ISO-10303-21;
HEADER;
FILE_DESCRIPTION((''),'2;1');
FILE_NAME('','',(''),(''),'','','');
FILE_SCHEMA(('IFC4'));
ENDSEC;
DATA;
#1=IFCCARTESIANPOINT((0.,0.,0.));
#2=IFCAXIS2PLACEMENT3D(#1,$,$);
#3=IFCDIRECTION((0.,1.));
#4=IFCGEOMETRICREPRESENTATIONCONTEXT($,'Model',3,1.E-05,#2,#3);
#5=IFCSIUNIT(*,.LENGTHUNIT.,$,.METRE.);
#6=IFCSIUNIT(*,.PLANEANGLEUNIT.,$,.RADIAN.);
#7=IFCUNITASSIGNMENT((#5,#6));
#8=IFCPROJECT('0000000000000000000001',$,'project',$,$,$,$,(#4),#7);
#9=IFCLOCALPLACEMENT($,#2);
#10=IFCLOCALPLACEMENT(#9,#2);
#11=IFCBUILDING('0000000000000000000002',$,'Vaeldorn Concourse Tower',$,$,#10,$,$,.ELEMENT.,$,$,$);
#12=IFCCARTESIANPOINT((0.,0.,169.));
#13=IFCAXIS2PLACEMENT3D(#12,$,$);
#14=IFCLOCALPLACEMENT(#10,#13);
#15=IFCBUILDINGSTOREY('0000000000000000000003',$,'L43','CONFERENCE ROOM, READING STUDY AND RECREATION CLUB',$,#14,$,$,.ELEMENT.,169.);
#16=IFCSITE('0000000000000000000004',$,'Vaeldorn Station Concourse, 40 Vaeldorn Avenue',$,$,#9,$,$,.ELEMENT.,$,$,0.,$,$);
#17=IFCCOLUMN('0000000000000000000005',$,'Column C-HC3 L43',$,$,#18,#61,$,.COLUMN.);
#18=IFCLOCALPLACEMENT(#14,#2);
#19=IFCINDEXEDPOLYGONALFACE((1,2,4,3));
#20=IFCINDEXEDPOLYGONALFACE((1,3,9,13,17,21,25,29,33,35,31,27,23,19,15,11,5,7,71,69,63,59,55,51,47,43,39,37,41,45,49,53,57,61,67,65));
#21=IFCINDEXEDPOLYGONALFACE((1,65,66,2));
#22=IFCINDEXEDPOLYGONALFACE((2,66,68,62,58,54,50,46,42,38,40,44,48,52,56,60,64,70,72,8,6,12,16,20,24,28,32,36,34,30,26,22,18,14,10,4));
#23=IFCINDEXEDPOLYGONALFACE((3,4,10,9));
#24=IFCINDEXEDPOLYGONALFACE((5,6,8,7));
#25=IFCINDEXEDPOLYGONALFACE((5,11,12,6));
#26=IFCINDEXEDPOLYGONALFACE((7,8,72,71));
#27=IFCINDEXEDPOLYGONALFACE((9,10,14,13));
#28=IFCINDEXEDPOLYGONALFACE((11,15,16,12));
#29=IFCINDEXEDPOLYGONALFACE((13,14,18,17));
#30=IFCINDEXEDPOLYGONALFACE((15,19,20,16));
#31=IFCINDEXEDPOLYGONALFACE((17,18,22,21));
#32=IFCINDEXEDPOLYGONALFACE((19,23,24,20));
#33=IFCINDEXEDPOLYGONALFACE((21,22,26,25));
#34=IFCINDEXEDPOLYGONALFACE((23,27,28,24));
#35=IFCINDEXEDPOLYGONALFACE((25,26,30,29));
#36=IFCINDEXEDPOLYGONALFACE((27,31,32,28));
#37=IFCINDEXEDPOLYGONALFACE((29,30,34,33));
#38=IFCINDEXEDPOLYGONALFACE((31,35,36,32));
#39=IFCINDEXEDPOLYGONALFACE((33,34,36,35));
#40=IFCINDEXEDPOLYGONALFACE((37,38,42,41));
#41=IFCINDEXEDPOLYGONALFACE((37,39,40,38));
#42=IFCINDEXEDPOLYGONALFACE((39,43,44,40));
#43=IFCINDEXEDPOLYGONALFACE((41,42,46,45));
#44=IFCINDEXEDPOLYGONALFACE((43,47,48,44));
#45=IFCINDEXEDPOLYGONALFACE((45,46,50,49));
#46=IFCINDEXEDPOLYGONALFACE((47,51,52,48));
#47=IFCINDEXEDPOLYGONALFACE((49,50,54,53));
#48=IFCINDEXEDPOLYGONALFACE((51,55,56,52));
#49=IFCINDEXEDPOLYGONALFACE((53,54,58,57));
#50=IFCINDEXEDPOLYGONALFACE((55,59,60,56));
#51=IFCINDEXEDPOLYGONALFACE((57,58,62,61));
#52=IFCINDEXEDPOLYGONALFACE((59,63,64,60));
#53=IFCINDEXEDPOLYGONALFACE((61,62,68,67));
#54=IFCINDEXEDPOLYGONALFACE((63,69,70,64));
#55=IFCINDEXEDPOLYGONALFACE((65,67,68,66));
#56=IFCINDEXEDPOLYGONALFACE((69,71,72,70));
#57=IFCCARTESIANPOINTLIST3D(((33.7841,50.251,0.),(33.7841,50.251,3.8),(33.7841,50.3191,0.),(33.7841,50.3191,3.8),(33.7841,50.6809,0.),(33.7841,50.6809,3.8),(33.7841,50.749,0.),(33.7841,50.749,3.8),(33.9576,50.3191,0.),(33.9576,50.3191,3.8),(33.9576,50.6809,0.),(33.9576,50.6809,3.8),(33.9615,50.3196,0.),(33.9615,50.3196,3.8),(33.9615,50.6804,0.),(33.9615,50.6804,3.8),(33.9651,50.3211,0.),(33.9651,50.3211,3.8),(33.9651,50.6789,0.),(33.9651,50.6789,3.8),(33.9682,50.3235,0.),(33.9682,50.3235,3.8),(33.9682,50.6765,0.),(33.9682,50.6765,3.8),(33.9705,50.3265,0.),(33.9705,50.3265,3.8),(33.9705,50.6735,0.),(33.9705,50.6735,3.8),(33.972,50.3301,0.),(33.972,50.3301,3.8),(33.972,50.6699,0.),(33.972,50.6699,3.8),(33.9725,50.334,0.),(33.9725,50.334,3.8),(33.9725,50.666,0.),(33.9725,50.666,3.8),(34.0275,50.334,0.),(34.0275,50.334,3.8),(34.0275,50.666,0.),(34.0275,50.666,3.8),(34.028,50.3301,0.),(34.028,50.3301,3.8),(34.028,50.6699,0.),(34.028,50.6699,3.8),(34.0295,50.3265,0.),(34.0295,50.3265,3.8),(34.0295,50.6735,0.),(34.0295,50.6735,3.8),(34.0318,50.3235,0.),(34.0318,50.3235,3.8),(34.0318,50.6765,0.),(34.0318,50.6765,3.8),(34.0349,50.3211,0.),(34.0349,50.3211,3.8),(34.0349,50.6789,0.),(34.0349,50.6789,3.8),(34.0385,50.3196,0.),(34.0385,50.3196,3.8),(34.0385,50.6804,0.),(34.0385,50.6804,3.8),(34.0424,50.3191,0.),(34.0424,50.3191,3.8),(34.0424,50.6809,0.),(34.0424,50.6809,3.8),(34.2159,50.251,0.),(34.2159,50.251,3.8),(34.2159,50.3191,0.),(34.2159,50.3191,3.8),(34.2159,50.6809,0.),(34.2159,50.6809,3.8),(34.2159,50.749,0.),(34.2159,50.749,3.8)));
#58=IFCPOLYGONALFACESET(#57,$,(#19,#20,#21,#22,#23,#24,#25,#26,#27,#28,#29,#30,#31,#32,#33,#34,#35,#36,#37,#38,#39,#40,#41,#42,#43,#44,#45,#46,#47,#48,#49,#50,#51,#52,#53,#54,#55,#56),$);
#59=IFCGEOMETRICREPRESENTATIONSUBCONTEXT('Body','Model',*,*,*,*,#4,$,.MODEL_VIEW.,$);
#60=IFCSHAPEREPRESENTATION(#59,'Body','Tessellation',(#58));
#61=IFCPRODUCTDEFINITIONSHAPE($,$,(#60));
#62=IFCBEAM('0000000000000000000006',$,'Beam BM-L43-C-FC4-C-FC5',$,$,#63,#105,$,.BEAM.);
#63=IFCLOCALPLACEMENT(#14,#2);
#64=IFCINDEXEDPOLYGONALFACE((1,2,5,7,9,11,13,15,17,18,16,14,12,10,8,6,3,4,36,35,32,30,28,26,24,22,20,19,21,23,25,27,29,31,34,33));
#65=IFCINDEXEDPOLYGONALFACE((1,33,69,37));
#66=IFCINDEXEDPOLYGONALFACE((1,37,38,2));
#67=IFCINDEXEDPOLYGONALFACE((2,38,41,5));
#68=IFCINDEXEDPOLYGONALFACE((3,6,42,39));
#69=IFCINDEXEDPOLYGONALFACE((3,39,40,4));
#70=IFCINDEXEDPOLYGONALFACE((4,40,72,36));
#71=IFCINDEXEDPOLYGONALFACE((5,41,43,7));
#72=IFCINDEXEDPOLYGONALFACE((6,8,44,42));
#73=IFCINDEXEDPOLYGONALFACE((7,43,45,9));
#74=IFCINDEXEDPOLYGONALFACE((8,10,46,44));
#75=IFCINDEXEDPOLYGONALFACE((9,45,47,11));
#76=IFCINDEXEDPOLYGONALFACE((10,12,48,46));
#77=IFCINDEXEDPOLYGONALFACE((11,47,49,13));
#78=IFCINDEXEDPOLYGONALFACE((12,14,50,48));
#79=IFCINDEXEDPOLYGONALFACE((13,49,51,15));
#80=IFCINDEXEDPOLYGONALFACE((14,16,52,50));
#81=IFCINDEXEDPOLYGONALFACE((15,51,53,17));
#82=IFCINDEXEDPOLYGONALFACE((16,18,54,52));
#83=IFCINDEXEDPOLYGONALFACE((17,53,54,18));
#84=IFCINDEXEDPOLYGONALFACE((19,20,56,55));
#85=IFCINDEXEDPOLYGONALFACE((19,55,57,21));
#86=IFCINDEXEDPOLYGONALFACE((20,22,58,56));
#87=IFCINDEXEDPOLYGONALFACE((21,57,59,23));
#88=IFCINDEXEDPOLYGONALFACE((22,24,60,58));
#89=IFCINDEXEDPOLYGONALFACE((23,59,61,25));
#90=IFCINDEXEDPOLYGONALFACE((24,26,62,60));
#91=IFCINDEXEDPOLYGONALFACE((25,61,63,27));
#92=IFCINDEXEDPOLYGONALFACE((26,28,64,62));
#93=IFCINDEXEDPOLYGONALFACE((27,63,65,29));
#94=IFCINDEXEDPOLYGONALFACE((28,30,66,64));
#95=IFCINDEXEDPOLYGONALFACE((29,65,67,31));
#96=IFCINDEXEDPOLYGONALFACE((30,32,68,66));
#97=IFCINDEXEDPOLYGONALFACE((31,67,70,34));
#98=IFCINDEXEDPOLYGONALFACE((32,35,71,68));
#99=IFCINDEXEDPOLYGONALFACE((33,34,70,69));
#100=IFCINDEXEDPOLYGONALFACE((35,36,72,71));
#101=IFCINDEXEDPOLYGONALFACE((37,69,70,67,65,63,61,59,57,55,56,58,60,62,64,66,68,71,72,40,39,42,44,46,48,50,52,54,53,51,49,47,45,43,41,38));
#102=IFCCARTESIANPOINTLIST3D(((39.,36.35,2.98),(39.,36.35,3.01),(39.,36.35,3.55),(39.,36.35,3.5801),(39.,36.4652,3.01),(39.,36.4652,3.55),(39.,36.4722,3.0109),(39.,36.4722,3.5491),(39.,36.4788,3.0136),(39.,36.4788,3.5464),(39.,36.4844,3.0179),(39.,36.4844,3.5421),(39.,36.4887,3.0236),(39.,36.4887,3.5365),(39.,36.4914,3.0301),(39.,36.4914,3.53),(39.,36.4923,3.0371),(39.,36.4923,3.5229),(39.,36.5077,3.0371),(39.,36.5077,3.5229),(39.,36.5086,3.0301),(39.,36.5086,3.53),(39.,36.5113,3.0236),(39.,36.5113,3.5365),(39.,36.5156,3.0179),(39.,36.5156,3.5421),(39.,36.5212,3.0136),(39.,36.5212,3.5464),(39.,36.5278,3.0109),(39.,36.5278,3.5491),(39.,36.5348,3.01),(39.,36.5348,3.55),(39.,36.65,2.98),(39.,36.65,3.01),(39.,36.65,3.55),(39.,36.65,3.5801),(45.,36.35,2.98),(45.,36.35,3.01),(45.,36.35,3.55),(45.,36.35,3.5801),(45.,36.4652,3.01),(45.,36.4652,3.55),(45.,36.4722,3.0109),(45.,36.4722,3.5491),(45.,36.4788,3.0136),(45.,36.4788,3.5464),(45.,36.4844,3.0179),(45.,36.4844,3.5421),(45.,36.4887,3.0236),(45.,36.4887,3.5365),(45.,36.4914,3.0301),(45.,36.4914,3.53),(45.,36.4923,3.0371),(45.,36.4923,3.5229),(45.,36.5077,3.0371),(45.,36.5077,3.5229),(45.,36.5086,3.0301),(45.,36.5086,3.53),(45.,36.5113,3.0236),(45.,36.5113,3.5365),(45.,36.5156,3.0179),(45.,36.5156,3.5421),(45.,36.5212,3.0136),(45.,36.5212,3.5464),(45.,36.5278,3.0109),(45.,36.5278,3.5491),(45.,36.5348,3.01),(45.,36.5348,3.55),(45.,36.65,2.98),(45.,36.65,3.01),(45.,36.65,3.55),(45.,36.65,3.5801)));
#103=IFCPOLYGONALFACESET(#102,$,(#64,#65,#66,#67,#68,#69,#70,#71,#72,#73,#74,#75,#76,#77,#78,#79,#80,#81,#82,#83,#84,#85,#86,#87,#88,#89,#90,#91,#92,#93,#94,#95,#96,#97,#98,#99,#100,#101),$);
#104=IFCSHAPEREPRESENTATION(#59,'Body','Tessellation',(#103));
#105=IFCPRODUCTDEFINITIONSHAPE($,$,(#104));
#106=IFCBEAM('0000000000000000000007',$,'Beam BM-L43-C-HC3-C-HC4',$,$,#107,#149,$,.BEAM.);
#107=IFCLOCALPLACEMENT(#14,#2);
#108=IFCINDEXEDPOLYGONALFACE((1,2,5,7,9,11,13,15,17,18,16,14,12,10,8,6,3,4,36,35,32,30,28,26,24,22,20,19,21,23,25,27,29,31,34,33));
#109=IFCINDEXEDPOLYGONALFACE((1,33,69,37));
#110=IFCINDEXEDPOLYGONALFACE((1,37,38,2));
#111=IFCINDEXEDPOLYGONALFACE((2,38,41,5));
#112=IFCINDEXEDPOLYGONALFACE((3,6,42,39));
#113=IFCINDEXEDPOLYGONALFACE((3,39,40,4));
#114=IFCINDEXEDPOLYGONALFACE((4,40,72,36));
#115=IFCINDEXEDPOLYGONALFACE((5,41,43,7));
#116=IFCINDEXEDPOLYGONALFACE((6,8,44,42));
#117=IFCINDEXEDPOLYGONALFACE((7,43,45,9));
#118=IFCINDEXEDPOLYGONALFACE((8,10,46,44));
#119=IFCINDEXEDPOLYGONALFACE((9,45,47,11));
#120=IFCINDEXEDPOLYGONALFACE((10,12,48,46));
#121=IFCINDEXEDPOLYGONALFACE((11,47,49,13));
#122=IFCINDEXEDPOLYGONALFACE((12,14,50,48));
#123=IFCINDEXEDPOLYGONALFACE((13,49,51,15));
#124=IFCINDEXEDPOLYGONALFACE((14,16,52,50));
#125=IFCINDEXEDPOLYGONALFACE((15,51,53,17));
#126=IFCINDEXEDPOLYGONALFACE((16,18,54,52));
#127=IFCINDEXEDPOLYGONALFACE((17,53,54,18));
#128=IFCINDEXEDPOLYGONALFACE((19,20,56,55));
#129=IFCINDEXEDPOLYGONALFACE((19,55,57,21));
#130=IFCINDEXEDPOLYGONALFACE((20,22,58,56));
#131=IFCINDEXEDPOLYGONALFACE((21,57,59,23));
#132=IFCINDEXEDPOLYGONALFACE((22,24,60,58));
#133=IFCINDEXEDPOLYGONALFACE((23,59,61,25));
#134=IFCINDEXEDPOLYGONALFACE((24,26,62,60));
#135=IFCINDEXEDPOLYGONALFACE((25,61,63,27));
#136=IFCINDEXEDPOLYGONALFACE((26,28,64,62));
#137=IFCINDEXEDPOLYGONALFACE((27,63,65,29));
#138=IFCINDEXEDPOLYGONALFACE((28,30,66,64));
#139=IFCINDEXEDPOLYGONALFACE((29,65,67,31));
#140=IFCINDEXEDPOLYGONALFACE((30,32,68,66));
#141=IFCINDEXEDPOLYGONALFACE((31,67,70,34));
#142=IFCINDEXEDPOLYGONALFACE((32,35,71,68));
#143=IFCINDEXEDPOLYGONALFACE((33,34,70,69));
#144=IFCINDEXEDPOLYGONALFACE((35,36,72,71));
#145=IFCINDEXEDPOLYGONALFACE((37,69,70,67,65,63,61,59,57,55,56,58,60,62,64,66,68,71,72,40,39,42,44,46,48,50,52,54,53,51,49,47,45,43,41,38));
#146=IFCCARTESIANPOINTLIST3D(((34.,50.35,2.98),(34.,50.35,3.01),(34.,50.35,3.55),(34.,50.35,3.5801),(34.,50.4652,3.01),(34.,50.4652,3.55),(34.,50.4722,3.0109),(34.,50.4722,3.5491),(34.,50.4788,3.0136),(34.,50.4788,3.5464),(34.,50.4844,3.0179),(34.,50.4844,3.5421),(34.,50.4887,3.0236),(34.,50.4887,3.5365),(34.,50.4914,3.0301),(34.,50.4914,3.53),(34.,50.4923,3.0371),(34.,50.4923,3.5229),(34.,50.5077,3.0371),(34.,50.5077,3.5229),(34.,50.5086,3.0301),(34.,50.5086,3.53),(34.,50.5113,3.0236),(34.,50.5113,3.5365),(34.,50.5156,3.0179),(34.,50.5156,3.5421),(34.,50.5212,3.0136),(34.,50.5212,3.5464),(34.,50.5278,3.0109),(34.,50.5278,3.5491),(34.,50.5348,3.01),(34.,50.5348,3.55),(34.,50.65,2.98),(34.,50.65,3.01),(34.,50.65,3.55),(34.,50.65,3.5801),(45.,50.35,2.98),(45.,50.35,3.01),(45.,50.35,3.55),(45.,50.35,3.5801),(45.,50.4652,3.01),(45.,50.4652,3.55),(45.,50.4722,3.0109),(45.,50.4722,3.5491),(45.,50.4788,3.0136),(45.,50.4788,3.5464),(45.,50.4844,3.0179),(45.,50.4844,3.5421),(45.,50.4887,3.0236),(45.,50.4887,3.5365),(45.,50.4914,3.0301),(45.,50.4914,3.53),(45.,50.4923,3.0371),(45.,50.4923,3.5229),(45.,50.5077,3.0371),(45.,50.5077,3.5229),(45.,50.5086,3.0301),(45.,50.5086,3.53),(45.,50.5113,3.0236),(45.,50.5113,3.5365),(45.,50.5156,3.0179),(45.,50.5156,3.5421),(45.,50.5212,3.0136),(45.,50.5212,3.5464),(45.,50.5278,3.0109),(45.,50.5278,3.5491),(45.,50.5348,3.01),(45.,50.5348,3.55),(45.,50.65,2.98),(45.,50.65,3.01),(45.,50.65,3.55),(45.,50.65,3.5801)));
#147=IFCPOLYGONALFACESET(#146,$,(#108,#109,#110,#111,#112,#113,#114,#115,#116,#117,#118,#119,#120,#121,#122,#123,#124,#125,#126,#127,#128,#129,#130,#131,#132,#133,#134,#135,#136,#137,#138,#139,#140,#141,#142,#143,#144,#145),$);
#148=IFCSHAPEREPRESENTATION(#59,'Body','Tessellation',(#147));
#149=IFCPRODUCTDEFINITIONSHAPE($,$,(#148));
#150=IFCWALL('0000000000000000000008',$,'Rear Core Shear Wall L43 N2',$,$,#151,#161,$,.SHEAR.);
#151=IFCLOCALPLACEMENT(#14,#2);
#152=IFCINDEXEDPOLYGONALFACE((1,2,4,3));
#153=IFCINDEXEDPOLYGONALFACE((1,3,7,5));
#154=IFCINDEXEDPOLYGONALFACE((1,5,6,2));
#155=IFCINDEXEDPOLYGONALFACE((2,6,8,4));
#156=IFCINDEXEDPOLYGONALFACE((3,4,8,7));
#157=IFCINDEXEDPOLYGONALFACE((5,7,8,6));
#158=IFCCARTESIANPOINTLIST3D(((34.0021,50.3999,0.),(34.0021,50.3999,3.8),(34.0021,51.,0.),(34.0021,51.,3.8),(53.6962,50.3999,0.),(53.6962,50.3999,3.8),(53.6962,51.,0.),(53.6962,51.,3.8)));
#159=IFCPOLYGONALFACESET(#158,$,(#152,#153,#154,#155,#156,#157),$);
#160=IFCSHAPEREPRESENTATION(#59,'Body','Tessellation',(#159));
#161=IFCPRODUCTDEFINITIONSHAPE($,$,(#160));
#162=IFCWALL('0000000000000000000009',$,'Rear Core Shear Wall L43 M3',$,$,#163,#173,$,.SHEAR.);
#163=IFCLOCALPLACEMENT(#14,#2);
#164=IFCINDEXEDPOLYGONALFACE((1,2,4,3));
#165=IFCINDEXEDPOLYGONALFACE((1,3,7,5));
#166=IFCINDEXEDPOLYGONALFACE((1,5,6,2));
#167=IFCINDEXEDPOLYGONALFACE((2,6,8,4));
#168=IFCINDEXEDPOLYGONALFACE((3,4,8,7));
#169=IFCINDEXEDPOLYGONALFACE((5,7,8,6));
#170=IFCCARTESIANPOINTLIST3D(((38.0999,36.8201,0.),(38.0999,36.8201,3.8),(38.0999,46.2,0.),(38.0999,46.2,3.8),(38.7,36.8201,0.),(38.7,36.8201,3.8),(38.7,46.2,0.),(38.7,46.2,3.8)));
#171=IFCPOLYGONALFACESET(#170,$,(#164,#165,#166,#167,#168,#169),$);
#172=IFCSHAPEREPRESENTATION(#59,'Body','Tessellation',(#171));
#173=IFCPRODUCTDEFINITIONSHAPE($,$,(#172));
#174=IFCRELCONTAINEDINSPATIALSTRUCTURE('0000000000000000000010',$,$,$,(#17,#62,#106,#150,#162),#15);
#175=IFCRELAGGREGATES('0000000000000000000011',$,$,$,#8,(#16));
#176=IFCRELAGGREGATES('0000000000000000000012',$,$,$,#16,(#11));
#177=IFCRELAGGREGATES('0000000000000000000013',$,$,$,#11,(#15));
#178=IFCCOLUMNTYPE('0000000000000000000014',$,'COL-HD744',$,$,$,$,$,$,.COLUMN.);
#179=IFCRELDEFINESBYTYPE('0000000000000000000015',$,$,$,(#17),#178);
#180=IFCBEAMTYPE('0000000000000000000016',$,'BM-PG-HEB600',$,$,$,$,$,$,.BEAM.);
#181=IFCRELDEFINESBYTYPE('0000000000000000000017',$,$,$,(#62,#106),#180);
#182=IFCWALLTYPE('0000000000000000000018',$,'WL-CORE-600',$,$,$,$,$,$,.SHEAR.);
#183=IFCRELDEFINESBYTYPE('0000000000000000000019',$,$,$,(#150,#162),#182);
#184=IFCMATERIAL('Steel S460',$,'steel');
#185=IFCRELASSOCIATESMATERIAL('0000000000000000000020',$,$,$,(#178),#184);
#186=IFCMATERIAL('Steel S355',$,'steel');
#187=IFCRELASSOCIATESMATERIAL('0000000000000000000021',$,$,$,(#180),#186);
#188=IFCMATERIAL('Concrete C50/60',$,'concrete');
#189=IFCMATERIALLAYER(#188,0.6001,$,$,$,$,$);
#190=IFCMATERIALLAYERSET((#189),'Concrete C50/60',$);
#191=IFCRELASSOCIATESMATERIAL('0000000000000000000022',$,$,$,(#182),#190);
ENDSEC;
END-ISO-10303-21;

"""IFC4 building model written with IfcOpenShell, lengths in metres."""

from ifc_helpers import new_model, si_unit, direction, frame, frame_2d, origin, origin_2d, place, context, subcontext, project, spatial, rectangle, i_section, extrude, source, transform, mapped, material, layer, layer_set, material_profile, profile_set, type_object, element, save


model = new_model("IFC4")

# Units and contexts
model_context = context("Model", 3, precision=1e-05, world=origin(), true_north=direction((0.0, 1.0)))
body_context = subcontext(model_context, "Body", "Model", "MODEL_VIEW")
ifc_project = project(units=[si_unit("LENGTHUNIT", "METRE"), si_unit("PLANEANGLEUNIT", "RADIAN")], contexts=[model_context])

# Site, building, storey
site_placement = place(None, origin())
site = spatial("IfcSite", under=ifc_project, at=site_placement, Name="Vaeldorn Station Concourse, 40 Vaeldorn Avenue", CompositionType="ELEMENT", RefElevation=0.0)
building_placement = place(site_placement, origin())
building = spatial("IfcBuilding", under=site, at=building_placement, Name="Vaeldorn Concourse Tower", CompositionType="ELEMENT")
storey_placement = place(building_placement, frame((0.0, 0.0, 169.0)))
storey = spatial("IfcBuildingStorey", under=building, at=storey_placement, Name="L43", Description="CONFERENCE ROOM, READING STUDY AND RECREATION CLUB", CompositionType="ELEMENT", Elevation=169.0)

# Column
ifc_material_1 = material(Name="Steel S460", Category="steel")
ifc_material_profile_1 = material_profile(ifc_material_1, i_section(OverallWidth=0.4319, OverallDepth=0.498, WebThickness=0.0549, FlangeThickness=0.0681, FilletRadius=0.0149, at=origin_2d()), Name="HD 400x744")
ifc_profile_set_1 = profile_set([ifc_material_profile_1], Name="Steel S460")
column_type = type_object("IfcColumnType", Name="COL-HD744", PredefinedType="COLUMN", material=ifc_profile_set_1)
shared_shape_1 = source(origin(), body_context, "Body", "SweptSolid", [
    extrude(i_section(OverallWidth=0.4319, OverallDepth=0.498, WebThickness=0.0549, FlangeThickness=0.0681, FilletRadius=0.0149, at=origin_2d()), origin(), (0.0, 0.0, 1.0), 3.8),
])
column_placement = place(storey_placement, frame((34.0, 50.5, 0.0), z_axis=(0.0, 0.0, 1.0), x_axis=(1.0, 0.0, 0.0)))
element("IfcColumn", 1, at=column_placement, inside=storey, type_object=column_type, Name="Column C-HC3 L43", PredefinedType="COLUMN", context=body_context, shape_type="MappedRepresentation", body=[
    mapped(shared_shape_1, transform((0.0, 0.0, 0.0), scale=1.0)),
])

# Beams
ifc_material_2 = material(Name="Steel S355", Category="steel")
ifc_material_profile_2 = material_profile(ifc_material_2, i_section(OverallWidth=0.3, OverallDepth=0.6001, WebThickness=0.0154, FlangeThickness=0.03, FilletRadius=0.0271, at=origin_2d()), Name="HEB 600")
ifc_profile_set_2 = profile_set([ifc_material_profile_2], Name="Steel S355")
beam_type = type_object("IfcBeamType", Name="BM-PG-HEB600", PredefinedType="BEAM", material=ifc_profile_set_2)
shared_shape_2 = source(origin(), body_context, "Body", "SweptSolid", [
    extrude(i_section(OverallWidth=0.3, OverallDepth=0.6001, WebThickness=0.0154, FlangeThickness=0.03, FilletRadius=0.0271, at=origin_2d()), origin(), (0.0, 0.0, 1.0), 6.0),
])
beam_1_placement = place(storey_placement, frame((39.0, 36.5, 3.28), z_axis=(1.0, 0.0, 0.0), x_axis=(0.0, 1.0, 0.0)))
element("IfcBeam", 2, at=beam_1_placement, inside=storey, type_object=beam_type, Name="Beam BM-L43-C-FC4-C-FC5", PredefinedType="BEAM", context=body_context, shape_type="MappedRepresentation", body=[
    mapped(shared_shape_2, transform((0.0, 0.0, 0.0), scale=1.0)),
])
shared_shape_3 = source(origin(), body_context, "Body", "SweptSolid", [
    extrude(i_section(OverallWidth=0.3, OverallDepth=0.6001, WebThickness=0.0154, FlangeThickness=0.03, FilletRadius=0.0271, at=origin_2d()), origin(), (0.0, 0.0, 1.0), 11.0),
])
beam_2_placement = place(storey_placement, frame((34.0, 50.5, 3.28), z_axis=(1.0, 0.0, 0.0), x_axis=(0.0, 1.0, 0.0)))
element("IfcBeam", 3, at=beam_2_placement, inside=storey, type_object=beam_type, Name="Beam BM-L43-C-HC3-C-HC4", PredefinedType="BEAM", context=body_context, shape_type="MappedRepresentation", body=[
    mapped(shared_shape_3, transform((0.0, 0.0, 0.0), scale=1.0)),
])

# Walls
ifc_material_3 = material(Name="Concrete C50/60", Category="concrete")
ifc_layer_1 = layer(ifc_material_3, 0.6001)
ifc_layer_set_1 = layer_set([ifc_layer_1], Name="Concrete C50/60")
wall_type_1 = type_object("IfcWallType", Name="WL-CORE-600", PredefinedType="SHEAR", material=ifc_layer_set_1)
wall_1_placement = place(storey_placement, frame((34.002, 50.7, 0.0), z_axis=(0.0, 0.0, 1.0), x_axis=(1.0, 0.0, 0.0)))
element("IfcWall", 4, at=wall_1_placement, inside=storey, type_object=wall_type_1, Name="Rear Core Shear Wall L43 N2", PredefinedType="SHEAR", context=body_context, shape_type="SweptSolid", body=[
    extrude(rectangle(XDim=19.6941, YDim=0.6001, at=frame_2d((9.8472, 0.0))), origin(), (0.0, 0.0, 1.0), 3.8),
])
wall_2_placement = place(storey_placement, frame((38.3999, 36.8201, 0.0), z_axis=(0.0, 0.0, 1.0), x_axis=(0.0, 1.0, 0.0)))
element("IfcWall", 5, at=wall_2_placement, inside=storey, type_object=wall_type_1, Name="Rear Core Shear Wall L43 M3", PredefinedType="SHEAR", context=body_context, shape_type="SweptSolid", body=[
    extrude(rectangle(XDim=9.3799, YDim=0.6001, at=frame_2d((4.6899, 0.0))), origin(), (0.0, 0.0, 1.0), 3.8),
])

save(model, "model.ifc")
